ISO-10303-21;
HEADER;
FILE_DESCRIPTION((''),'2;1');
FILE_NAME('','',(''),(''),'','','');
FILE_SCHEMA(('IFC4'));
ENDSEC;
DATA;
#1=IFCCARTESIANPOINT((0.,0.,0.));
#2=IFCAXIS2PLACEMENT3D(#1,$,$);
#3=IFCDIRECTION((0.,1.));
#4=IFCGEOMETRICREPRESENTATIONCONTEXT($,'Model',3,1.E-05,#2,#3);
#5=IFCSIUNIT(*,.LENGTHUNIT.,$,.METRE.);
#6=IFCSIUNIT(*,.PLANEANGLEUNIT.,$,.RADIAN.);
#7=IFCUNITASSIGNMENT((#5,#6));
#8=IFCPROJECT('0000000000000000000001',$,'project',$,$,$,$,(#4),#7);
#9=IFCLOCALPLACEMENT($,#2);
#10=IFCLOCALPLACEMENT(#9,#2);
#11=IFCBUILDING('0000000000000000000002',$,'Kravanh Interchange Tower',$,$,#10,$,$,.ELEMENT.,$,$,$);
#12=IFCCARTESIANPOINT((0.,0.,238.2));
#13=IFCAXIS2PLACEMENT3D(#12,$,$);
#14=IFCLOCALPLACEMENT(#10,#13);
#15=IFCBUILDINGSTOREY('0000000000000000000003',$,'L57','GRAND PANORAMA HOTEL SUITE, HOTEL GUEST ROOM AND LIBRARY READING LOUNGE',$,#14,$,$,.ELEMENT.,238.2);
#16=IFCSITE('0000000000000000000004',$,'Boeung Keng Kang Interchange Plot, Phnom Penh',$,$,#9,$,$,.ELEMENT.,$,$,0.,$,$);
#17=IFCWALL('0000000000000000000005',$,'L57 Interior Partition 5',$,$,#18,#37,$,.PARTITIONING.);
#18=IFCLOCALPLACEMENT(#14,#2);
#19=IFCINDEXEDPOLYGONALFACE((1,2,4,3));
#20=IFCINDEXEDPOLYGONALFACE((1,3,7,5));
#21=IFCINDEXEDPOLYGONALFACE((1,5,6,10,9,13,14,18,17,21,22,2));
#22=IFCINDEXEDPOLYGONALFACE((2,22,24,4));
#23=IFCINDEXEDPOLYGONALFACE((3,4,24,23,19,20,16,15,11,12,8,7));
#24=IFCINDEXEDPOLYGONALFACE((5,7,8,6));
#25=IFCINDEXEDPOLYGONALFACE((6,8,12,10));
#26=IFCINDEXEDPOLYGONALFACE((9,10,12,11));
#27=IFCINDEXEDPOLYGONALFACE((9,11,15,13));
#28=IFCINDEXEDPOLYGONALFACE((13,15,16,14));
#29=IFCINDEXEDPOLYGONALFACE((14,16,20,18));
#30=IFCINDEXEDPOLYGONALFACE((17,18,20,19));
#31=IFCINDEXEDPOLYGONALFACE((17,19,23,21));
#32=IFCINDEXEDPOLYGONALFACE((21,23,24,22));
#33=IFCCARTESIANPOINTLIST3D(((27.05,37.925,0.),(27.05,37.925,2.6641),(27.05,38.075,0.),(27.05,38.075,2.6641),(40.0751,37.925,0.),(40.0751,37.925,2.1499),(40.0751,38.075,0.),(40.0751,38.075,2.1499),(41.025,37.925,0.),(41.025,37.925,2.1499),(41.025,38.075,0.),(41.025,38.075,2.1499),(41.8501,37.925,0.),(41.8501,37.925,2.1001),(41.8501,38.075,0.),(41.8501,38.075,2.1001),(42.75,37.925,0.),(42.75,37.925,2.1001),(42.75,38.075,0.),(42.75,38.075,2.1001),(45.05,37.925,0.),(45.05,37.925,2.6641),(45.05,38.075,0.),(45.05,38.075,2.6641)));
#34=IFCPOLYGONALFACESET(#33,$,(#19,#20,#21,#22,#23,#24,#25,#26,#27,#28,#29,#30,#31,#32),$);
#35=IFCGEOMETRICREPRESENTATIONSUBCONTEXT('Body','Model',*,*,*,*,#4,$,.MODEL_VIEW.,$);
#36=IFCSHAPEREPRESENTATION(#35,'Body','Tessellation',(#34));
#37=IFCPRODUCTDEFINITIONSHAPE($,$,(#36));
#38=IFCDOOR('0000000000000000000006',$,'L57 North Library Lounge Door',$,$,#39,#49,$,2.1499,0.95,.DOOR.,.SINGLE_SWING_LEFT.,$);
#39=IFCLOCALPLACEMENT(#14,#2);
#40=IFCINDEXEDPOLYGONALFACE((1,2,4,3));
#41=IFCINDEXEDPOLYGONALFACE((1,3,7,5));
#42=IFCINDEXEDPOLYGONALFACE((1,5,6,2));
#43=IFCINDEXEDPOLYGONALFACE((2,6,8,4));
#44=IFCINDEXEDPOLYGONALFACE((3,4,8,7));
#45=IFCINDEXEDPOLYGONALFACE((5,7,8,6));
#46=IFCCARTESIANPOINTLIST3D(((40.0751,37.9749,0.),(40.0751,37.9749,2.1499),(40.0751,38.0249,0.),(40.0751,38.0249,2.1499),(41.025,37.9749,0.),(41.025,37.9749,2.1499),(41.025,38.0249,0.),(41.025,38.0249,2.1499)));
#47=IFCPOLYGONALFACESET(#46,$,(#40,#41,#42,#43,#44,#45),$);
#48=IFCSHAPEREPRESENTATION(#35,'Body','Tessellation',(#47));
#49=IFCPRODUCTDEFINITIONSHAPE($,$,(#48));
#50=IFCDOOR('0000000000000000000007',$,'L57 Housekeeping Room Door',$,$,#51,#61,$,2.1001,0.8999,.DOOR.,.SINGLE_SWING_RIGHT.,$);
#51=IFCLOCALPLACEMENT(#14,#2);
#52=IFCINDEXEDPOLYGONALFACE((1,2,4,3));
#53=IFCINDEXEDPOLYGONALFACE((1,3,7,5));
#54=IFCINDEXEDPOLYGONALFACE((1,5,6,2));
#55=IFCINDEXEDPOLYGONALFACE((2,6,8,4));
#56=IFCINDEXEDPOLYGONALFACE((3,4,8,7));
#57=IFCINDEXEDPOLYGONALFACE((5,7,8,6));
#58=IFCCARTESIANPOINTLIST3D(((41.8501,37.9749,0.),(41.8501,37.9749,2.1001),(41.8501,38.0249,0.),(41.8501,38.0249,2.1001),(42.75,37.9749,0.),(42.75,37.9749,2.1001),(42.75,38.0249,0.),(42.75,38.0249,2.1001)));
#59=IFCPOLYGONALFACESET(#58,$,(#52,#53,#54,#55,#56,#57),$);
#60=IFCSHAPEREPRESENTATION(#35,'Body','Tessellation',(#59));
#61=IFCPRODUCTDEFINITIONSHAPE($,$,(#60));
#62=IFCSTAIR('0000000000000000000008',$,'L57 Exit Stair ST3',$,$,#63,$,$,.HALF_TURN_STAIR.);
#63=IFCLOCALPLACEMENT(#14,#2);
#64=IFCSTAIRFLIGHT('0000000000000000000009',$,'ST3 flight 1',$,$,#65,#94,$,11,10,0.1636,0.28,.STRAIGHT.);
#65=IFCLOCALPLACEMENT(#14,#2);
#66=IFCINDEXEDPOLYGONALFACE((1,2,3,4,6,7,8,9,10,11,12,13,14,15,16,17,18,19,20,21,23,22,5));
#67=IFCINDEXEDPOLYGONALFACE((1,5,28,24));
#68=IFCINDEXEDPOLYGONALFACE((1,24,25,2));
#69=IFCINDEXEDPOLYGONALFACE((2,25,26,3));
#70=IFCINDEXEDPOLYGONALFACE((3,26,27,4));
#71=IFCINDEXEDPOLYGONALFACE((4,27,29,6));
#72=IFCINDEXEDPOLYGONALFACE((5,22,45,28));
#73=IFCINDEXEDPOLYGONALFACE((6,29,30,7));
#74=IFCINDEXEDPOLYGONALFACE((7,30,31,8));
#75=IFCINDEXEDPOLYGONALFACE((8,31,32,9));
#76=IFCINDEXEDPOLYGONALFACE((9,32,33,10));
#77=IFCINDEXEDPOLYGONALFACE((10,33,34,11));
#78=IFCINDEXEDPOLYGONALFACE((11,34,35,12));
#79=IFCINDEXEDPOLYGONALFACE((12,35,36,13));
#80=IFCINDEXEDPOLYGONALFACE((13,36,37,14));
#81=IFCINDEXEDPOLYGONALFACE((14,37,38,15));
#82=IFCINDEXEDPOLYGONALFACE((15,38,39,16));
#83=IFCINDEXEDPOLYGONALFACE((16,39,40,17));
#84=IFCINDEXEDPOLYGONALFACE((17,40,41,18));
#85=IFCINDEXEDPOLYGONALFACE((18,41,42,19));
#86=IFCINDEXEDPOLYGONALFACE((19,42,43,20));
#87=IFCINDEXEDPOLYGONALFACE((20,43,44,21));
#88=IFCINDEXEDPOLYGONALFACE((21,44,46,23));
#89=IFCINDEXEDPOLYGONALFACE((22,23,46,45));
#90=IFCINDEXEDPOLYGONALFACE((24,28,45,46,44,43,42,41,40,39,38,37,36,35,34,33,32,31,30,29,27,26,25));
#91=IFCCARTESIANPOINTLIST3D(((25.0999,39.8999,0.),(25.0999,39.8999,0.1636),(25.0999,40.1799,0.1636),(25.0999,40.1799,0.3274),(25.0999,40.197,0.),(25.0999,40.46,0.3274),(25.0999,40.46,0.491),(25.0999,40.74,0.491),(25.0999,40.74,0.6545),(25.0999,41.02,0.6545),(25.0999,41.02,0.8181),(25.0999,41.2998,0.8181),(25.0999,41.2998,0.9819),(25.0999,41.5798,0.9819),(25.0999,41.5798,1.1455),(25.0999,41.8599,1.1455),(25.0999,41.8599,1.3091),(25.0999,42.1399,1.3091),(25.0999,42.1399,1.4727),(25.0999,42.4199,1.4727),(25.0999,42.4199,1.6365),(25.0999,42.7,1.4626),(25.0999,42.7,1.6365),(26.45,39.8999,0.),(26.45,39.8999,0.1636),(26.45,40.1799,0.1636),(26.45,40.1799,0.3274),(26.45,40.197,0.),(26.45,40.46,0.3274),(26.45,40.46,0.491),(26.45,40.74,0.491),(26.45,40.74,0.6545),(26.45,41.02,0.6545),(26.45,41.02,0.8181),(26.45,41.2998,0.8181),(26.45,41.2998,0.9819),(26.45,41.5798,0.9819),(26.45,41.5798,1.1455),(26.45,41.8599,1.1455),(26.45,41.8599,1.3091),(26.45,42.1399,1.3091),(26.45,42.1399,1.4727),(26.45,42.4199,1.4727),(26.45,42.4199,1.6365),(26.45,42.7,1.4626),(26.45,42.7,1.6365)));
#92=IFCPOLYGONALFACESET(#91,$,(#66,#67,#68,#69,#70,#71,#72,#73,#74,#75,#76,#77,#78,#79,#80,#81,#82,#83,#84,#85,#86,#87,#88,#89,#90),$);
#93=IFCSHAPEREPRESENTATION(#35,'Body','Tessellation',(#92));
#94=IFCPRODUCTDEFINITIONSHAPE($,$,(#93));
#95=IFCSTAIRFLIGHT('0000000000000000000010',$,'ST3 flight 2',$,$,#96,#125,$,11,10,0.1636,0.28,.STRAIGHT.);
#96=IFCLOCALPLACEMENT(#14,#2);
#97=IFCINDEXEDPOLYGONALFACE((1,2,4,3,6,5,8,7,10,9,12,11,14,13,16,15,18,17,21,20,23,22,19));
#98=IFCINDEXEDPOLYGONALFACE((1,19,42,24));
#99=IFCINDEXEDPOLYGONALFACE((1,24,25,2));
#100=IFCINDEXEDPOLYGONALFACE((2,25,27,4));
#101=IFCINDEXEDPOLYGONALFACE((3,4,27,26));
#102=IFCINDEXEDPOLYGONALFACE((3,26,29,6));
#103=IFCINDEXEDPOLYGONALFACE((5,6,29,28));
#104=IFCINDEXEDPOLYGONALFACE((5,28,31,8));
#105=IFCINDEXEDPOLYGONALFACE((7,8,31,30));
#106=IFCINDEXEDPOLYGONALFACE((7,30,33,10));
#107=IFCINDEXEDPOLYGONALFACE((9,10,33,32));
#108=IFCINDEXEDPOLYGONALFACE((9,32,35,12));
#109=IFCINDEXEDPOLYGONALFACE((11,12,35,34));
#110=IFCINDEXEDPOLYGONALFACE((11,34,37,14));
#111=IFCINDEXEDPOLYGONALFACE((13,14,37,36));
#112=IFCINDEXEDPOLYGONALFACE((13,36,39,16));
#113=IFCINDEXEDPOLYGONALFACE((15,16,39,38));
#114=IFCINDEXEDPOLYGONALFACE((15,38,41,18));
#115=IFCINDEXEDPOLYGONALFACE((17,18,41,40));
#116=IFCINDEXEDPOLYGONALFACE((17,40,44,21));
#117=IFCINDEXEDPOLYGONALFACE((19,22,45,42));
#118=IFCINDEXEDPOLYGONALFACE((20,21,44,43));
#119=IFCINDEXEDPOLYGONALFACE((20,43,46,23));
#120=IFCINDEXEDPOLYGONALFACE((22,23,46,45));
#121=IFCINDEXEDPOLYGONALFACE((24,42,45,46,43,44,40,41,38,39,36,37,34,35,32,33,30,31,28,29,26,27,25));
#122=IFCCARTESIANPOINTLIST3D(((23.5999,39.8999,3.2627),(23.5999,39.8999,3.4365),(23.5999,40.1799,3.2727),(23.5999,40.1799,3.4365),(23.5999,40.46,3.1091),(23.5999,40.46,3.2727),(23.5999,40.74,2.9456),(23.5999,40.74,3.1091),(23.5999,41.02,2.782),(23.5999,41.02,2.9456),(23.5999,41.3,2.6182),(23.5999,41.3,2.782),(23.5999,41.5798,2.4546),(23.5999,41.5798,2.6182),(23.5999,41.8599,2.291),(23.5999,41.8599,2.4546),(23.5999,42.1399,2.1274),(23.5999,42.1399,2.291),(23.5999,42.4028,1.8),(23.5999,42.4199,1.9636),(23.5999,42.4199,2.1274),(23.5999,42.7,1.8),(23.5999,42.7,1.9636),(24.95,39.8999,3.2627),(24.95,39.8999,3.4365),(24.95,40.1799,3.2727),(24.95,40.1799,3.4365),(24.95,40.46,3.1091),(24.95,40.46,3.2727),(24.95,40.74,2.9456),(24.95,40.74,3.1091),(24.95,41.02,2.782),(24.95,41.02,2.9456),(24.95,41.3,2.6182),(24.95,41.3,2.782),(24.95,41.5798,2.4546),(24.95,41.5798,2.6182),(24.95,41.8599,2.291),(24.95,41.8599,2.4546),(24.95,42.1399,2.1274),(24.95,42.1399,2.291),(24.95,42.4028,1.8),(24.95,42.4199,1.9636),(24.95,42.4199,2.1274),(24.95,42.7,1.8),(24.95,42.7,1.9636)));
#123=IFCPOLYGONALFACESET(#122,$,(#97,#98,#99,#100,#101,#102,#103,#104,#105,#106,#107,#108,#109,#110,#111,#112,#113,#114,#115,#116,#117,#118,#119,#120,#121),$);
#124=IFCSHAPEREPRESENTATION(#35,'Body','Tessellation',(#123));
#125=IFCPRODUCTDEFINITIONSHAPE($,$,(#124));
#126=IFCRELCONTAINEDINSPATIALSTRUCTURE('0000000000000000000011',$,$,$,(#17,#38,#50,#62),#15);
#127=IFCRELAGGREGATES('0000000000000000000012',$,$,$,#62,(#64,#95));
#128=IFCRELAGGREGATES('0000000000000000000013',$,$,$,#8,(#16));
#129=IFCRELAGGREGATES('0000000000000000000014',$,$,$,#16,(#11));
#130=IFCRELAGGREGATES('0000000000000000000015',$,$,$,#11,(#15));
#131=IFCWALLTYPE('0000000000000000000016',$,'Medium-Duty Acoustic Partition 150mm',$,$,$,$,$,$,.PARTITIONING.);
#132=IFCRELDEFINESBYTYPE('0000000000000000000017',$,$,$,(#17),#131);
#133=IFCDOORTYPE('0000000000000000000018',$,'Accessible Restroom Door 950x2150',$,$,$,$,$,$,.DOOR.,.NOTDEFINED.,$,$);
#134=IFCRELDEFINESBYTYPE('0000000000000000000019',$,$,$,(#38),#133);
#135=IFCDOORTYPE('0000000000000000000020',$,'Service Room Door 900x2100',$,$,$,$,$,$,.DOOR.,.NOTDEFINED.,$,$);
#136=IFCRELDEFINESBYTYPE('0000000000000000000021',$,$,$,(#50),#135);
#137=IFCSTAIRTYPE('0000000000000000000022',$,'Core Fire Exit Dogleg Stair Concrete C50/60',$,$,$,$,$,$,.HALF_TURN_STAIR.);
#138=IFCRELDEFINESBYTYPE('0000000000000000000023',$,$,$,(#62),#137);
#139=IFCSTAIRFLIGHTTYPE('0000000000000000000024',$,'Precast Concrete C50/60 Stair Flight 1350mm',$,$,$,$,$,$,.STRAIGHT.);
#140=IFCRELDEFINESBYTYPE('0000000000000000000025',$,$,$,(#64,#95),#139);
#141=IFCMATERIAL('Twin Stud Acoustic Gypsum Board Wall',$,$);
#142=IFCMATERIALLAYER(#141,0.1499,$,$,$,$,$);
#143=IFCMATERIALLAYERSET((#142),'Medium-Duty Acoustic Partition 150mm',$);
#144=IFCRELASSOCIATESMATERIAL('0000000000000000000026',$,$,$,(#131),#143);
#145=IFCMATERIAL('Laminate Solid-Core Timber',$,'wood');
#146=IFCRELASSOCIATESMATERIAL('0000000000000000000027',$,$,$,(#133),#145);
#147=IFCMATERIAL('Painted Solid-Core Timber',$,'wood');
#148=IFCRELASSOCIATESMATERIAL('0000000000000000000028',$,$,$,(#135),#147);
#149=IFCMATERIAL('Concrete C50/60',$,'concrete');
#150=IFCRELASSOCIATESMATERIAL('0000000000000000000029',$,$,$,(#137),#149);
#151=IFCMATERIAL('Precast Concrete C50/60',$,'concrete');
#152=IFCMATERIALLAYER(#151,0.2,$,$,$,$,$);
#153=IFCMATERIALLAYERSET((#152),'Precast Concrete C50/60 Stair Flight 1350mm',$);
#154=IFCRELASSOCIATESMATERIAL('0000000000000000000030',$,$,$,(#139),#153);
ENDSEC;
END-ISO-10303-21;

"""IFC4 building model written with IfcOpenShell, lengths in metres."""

from ifc_helpers import new_model, si_unit, direction, frame, frame_2d, origin, place, context, subcontext, project, spatial, polyline, rectangle, outline, extrude, material, layer, layer_set, type_object, element, fill, aggregate, save


model = new_model("IFC4")

# Units and contexts
model_context = context("Model", 3, precision=1e-05, world=origin(), true_north=direction((0.0, 1.0)))
body_context = subcontext(model_context, "Body", "Model", "MODEL_VIEW")
ifc_project = project(units=[si_unit("LENGTHUNIT", "METRE"), si_unit("PLANEANGLEUNIT", "RADIAN")], contexts=[model_context])

# Site, building, storey
site_placement = place(None, origin())
site = spatial("IfcSite", under=ifc_project, at=site_placement, Name="Boeung Keng Kang Interchange Plot, Phnom Penh", CompositionType="ELEMENT", RefElevation=0.0)
building_placement = place(site_placement, origin())
building = spatial("IfcBuilding", under=site, at=building_placement, Name="Kravanh Interchange Tower", CompositionType="ELEMENT")
storey_placement = place(building_placement, frame((0.0, 0.0, 238.2)))
storey = spatial("IfcBuildingStorey", under=building, at=storey_placement, Name="L57", Description="GRAND PANORAMA HOTEL SUITE, HOTEL GUEST ROOM AND LIBRARY READING LOUNGE", CompositionType="ELEMENT", Elevation=238.2)

# Wall, openings, doors
ifc_material_1 = material(Name="Twin Stud Acoustic Gypsum Board Wall")
ifc_layer_1 = layer(ifc_material_1, 0.1499)
ifc_layer_set_1 = layer_set([ifc_layer_1], Name="Medium-Duty Acoustic Partition 150mm")
wall_type_1 = type_object("IfcWallType", Name="Medium-Duty Acoustic Partition 150mm", PredefinedType="PARTITIONING", material=ifc_layer_set_1)
wall_1_placement = place(storey_placement, frame((27.05, 38.0, 0.0), z_axis=(0.0, 0.0, 1.0), x_axis=(1.0, 0.0, 0.0)))
wall_1 = element("IfcWall", 1, at=wall_1_placement, inside=storey, type_object=wall_type_1, Name="L57 Interior Partition 5", PredefinedType="PARTITIONING", context=body_context, shape_type="SweptSolid", body=[
    extrude(rectangle(XDim=18.0, YDim=0.1499, at=frame_2d((9.0, 0.0))), origin(), (0.0, 0.0, 1.0), 2.6641),
])
opening_1_placement = place(wall_1_placement, frame((13.0249, 0.0, 0.0)))
opening_1 = element("IfcOpeningElement", 2, at=opening_1_placement, cuts=wall_1, PredefinedType="OPENING", context=body_context, shape_type="SweptSolid", body=[
    extrude(rectangle(XDim=0.95, YDim=2.1499, at=frame_2d((0.4751, 1.075))), frame((0.0, 0.085, 0.0), z_axis=(0.0, -1.0, 0.0), x_axis=(1.0, 0.0, 0.0)), (0.0, 0.0, 1.0), 0.1699),
])
opening_2_placement = place(wall_1_placement, frame((14.8, 0.0, 0.0)))
opening_2 = element("IfcOpeningElement", 3, at=opening_2_placement, cuts=wall_1, PredefinedType="OPENING", context=body_context, shape_type="SweptSolid", body=[
    extrude(rectangle(XDim=0.8999, YDim=2.1001, at=frame_2d((0.45, 1.05))), frame((0.0, 0.085, 0.0), z_axis=(0.0, -1.0, 0.0), x_axis=(1.0, 0.0, 0.0)), (0.0, 0.0, 1.0), 0.1699),
])
ifc_material_2 = material(Name="Laminate Solid-Core Timber", Category="wood")
door_type_1 = type_object("IfcDoorType", Name="Accessible Restroom Door 950x2150", OperationType="NOTDEFINED", PredefinedType="DOOR", material=ifc_material_2)
door_1_placement = place(opening_1_placement, origin())
door_1 = element("IfcDoor", 4, at=door_1_placement, inside=storey, type_object=door_type_1, Name="L57 North Library Lounge Door", OperationType="SINGLE_SWING_LEFT", OverallHeight=2.1499, OverallWidth=0.95, PredefinedType="DOOR", context=body_context, shape_type="SweptSolid", body=[
    extrude(rectangle(XDim=0.95, YDim=2.1499, at=frame_2d((0.4751, 1.075))), frame((0.0, 0.0249, 0.0), z_axis=(0.0, -1.0, 0.0), x_axis=(1.0, 0.0, 0.0)), (0.0, 0.0, 1.0), 0.05),
])
fill(opening_1, door_1)
ifc_material_3 = material(Name="Painted Solid-Core Timber", Category="wood")
door_type_2 = type_object("IfcDoorType", Name="Service Room Door 900x2100", OperationType="NOTDEFINED", PredefinedType="DOOR", material=ifc_material_3)
door_2_placement = place(opening_2_placement, origin())
door_2 = element("IfcDoor", 5, at=door_2_placement, inside=storey, type_object=door_type_2, Name="L57 Housekeeping Room Door", OperationType="SINGLE_SWING_RIGHT", OverallHeight=2.1001, OverallWidth=0.8999, PredefinedType="DOOR", context=body_context, shape_type="SweptSolid", body=[
    extrude(rectangle(XDim=0.8999, YDim=2.1001, at=frame_2d((0.45, 1.05))), frame((0.0, 0.0249, 0.0), z_axis=(0.0, -1.0, 0.0), x_axis=(1.0, 0.0, 0.0)), (0.0, 0.0, 1.0), 0.05),
])
fill(opening_2, door_2)

# Stair, stair flights
ifc_material_4 = material(Name="Concrete C50/60", Category="concrete")
stair_type = type_object("IfcStairType", Name="Core Fire Exit Dogleg Stair Concrete C50/60", PredefinedType="HALF_TURN_STAIR", material=ifc_material_4)
stair_placement = place(storey_placement, origin())
stair = element("IfcStair", 6, at=stair_placement, inside=storey, type_object=stair_type, Name="L57 Exit Stair ST3", PredefinedType="HALF_TURN_STAIR")
ifc_material_5 = material(Name="Precast Concrete C50/60", Category="concrete")
ifc_layer_2 = layer(ifc_material_5, 0.2)
ifc_layer_set_2 = layer_set([ifc_layer_2], Name="Precast Concrete C50/60 Stair Flight 1350mm")
stair_flight_type = type_object("IfcStairFlightType", Name="Precast Concrete C50/60 Stair Flight 1350mm", PredefinedType="STRAIGHT", material=ifc_layer_set_2)
stair_flight_1_placement = place(storey_placement, frame((25.7749, 39.8999, 0.0), z_axis=(0.0, 0.0, 1.0), x_axis=(0.0, 1.0, 0.0)))
stair_flight_1 = element("IfcStairFlight", 7, at=stair_flight_1_placement, type_object=stair_flight_type, Name="ST3 flight 1", NumberOfRisers=11, NumberOfTreads=10, PredefinedType="STRAIGHT", RiserHeight=0.1636, TreadLength=0.28, context=body_context, shape_type="SweptSolid", body=[
    extrude(outline(polyline([(0.0, 0.0), (0.0, 0.1636), (0.28, 0.1636), (0.28, 0.3274), (0.5601, 0.3274), (0.5601, 0.491), (0.8401, 0.491), (0.8401, 0.6545), (1.1201, 0.6545), (1.1201, 0.8181), (1.3999, 0.8181), (1.3999, 0.9819), (1.6799, 0.9819), (1.6799, 1.1455), (1.96, 1.1455), (1.96, 1.3091), (2.24, 1.3091), (2.24, 1.4727), (2.52, 1.4727), (2.52, 1.6365), (2.8, 1.6365), (2.8, 1.8), (2.8, 1.4626), (0.2971, 0.0), (0.0, 0.0)])), frame((0.0, 0.675, 0.0), z_axis=(0.0, -1.0, 0.0), x_axis=(1.0, 0.0, 0.0)), (0.0, 0.0, 1.0), 1.3501),
])
stair_flight_2_placement = place(storey_placement, frame((24.2749, 42.7, 1.8), z_axis=(0.0, 0.0, 1.0), x_axis=(0.0, -1.0, 0.0)))
stair_flight_2 = element("IfcStairFlight", 8, at=stair_flight_2_placement, type_object=stair_flight_type, Name="ST3 flight 2", NumberOfRisers=11, NumberOfTreads=10, PredefinedType="STRAIGHT", RiserHeight=0.1636, TreadLength=0.28, context=body_context, shape_type="SweptSolid", body=[
    extrude(outline(polyline([(0.0, 0.0), (0.0, 0.1636), (0.28, 0.1636), (0.28, 0.3274), (0.5601, 0.3274), (0.5601, 0.491), (0.8401, 0.491), (0.8401, 0.6545), (1.1201, 0.6545), (1.1201, 0.8181), (1.3999, 0.8181), (1.3999, 0.9819), (1.6799, 0.9819), (1.6799, 1.1455), (1.96, 1.1455), (1.96, 1.3091), (2.24, 1.3091), (2.24, 1.4727), (2.52, 1.4727), (2.52, 1.6365), (2.8, 1.6365), (2.8, 1.8), (2.8, 1.4626), (0.2971, 0.0), (0.0, 0.0)])), frame((0.0, 0.675, 0.0), z_axis=(0.0, -1.0, 0.0), x_axis=(1.0, 0.0, 0.0)), (0.0, 0.0, 1.0), 1.3501),
])
aggregate(stair, [stair_flight_1, stair_flight_2])

save(model, "model.ifc")
